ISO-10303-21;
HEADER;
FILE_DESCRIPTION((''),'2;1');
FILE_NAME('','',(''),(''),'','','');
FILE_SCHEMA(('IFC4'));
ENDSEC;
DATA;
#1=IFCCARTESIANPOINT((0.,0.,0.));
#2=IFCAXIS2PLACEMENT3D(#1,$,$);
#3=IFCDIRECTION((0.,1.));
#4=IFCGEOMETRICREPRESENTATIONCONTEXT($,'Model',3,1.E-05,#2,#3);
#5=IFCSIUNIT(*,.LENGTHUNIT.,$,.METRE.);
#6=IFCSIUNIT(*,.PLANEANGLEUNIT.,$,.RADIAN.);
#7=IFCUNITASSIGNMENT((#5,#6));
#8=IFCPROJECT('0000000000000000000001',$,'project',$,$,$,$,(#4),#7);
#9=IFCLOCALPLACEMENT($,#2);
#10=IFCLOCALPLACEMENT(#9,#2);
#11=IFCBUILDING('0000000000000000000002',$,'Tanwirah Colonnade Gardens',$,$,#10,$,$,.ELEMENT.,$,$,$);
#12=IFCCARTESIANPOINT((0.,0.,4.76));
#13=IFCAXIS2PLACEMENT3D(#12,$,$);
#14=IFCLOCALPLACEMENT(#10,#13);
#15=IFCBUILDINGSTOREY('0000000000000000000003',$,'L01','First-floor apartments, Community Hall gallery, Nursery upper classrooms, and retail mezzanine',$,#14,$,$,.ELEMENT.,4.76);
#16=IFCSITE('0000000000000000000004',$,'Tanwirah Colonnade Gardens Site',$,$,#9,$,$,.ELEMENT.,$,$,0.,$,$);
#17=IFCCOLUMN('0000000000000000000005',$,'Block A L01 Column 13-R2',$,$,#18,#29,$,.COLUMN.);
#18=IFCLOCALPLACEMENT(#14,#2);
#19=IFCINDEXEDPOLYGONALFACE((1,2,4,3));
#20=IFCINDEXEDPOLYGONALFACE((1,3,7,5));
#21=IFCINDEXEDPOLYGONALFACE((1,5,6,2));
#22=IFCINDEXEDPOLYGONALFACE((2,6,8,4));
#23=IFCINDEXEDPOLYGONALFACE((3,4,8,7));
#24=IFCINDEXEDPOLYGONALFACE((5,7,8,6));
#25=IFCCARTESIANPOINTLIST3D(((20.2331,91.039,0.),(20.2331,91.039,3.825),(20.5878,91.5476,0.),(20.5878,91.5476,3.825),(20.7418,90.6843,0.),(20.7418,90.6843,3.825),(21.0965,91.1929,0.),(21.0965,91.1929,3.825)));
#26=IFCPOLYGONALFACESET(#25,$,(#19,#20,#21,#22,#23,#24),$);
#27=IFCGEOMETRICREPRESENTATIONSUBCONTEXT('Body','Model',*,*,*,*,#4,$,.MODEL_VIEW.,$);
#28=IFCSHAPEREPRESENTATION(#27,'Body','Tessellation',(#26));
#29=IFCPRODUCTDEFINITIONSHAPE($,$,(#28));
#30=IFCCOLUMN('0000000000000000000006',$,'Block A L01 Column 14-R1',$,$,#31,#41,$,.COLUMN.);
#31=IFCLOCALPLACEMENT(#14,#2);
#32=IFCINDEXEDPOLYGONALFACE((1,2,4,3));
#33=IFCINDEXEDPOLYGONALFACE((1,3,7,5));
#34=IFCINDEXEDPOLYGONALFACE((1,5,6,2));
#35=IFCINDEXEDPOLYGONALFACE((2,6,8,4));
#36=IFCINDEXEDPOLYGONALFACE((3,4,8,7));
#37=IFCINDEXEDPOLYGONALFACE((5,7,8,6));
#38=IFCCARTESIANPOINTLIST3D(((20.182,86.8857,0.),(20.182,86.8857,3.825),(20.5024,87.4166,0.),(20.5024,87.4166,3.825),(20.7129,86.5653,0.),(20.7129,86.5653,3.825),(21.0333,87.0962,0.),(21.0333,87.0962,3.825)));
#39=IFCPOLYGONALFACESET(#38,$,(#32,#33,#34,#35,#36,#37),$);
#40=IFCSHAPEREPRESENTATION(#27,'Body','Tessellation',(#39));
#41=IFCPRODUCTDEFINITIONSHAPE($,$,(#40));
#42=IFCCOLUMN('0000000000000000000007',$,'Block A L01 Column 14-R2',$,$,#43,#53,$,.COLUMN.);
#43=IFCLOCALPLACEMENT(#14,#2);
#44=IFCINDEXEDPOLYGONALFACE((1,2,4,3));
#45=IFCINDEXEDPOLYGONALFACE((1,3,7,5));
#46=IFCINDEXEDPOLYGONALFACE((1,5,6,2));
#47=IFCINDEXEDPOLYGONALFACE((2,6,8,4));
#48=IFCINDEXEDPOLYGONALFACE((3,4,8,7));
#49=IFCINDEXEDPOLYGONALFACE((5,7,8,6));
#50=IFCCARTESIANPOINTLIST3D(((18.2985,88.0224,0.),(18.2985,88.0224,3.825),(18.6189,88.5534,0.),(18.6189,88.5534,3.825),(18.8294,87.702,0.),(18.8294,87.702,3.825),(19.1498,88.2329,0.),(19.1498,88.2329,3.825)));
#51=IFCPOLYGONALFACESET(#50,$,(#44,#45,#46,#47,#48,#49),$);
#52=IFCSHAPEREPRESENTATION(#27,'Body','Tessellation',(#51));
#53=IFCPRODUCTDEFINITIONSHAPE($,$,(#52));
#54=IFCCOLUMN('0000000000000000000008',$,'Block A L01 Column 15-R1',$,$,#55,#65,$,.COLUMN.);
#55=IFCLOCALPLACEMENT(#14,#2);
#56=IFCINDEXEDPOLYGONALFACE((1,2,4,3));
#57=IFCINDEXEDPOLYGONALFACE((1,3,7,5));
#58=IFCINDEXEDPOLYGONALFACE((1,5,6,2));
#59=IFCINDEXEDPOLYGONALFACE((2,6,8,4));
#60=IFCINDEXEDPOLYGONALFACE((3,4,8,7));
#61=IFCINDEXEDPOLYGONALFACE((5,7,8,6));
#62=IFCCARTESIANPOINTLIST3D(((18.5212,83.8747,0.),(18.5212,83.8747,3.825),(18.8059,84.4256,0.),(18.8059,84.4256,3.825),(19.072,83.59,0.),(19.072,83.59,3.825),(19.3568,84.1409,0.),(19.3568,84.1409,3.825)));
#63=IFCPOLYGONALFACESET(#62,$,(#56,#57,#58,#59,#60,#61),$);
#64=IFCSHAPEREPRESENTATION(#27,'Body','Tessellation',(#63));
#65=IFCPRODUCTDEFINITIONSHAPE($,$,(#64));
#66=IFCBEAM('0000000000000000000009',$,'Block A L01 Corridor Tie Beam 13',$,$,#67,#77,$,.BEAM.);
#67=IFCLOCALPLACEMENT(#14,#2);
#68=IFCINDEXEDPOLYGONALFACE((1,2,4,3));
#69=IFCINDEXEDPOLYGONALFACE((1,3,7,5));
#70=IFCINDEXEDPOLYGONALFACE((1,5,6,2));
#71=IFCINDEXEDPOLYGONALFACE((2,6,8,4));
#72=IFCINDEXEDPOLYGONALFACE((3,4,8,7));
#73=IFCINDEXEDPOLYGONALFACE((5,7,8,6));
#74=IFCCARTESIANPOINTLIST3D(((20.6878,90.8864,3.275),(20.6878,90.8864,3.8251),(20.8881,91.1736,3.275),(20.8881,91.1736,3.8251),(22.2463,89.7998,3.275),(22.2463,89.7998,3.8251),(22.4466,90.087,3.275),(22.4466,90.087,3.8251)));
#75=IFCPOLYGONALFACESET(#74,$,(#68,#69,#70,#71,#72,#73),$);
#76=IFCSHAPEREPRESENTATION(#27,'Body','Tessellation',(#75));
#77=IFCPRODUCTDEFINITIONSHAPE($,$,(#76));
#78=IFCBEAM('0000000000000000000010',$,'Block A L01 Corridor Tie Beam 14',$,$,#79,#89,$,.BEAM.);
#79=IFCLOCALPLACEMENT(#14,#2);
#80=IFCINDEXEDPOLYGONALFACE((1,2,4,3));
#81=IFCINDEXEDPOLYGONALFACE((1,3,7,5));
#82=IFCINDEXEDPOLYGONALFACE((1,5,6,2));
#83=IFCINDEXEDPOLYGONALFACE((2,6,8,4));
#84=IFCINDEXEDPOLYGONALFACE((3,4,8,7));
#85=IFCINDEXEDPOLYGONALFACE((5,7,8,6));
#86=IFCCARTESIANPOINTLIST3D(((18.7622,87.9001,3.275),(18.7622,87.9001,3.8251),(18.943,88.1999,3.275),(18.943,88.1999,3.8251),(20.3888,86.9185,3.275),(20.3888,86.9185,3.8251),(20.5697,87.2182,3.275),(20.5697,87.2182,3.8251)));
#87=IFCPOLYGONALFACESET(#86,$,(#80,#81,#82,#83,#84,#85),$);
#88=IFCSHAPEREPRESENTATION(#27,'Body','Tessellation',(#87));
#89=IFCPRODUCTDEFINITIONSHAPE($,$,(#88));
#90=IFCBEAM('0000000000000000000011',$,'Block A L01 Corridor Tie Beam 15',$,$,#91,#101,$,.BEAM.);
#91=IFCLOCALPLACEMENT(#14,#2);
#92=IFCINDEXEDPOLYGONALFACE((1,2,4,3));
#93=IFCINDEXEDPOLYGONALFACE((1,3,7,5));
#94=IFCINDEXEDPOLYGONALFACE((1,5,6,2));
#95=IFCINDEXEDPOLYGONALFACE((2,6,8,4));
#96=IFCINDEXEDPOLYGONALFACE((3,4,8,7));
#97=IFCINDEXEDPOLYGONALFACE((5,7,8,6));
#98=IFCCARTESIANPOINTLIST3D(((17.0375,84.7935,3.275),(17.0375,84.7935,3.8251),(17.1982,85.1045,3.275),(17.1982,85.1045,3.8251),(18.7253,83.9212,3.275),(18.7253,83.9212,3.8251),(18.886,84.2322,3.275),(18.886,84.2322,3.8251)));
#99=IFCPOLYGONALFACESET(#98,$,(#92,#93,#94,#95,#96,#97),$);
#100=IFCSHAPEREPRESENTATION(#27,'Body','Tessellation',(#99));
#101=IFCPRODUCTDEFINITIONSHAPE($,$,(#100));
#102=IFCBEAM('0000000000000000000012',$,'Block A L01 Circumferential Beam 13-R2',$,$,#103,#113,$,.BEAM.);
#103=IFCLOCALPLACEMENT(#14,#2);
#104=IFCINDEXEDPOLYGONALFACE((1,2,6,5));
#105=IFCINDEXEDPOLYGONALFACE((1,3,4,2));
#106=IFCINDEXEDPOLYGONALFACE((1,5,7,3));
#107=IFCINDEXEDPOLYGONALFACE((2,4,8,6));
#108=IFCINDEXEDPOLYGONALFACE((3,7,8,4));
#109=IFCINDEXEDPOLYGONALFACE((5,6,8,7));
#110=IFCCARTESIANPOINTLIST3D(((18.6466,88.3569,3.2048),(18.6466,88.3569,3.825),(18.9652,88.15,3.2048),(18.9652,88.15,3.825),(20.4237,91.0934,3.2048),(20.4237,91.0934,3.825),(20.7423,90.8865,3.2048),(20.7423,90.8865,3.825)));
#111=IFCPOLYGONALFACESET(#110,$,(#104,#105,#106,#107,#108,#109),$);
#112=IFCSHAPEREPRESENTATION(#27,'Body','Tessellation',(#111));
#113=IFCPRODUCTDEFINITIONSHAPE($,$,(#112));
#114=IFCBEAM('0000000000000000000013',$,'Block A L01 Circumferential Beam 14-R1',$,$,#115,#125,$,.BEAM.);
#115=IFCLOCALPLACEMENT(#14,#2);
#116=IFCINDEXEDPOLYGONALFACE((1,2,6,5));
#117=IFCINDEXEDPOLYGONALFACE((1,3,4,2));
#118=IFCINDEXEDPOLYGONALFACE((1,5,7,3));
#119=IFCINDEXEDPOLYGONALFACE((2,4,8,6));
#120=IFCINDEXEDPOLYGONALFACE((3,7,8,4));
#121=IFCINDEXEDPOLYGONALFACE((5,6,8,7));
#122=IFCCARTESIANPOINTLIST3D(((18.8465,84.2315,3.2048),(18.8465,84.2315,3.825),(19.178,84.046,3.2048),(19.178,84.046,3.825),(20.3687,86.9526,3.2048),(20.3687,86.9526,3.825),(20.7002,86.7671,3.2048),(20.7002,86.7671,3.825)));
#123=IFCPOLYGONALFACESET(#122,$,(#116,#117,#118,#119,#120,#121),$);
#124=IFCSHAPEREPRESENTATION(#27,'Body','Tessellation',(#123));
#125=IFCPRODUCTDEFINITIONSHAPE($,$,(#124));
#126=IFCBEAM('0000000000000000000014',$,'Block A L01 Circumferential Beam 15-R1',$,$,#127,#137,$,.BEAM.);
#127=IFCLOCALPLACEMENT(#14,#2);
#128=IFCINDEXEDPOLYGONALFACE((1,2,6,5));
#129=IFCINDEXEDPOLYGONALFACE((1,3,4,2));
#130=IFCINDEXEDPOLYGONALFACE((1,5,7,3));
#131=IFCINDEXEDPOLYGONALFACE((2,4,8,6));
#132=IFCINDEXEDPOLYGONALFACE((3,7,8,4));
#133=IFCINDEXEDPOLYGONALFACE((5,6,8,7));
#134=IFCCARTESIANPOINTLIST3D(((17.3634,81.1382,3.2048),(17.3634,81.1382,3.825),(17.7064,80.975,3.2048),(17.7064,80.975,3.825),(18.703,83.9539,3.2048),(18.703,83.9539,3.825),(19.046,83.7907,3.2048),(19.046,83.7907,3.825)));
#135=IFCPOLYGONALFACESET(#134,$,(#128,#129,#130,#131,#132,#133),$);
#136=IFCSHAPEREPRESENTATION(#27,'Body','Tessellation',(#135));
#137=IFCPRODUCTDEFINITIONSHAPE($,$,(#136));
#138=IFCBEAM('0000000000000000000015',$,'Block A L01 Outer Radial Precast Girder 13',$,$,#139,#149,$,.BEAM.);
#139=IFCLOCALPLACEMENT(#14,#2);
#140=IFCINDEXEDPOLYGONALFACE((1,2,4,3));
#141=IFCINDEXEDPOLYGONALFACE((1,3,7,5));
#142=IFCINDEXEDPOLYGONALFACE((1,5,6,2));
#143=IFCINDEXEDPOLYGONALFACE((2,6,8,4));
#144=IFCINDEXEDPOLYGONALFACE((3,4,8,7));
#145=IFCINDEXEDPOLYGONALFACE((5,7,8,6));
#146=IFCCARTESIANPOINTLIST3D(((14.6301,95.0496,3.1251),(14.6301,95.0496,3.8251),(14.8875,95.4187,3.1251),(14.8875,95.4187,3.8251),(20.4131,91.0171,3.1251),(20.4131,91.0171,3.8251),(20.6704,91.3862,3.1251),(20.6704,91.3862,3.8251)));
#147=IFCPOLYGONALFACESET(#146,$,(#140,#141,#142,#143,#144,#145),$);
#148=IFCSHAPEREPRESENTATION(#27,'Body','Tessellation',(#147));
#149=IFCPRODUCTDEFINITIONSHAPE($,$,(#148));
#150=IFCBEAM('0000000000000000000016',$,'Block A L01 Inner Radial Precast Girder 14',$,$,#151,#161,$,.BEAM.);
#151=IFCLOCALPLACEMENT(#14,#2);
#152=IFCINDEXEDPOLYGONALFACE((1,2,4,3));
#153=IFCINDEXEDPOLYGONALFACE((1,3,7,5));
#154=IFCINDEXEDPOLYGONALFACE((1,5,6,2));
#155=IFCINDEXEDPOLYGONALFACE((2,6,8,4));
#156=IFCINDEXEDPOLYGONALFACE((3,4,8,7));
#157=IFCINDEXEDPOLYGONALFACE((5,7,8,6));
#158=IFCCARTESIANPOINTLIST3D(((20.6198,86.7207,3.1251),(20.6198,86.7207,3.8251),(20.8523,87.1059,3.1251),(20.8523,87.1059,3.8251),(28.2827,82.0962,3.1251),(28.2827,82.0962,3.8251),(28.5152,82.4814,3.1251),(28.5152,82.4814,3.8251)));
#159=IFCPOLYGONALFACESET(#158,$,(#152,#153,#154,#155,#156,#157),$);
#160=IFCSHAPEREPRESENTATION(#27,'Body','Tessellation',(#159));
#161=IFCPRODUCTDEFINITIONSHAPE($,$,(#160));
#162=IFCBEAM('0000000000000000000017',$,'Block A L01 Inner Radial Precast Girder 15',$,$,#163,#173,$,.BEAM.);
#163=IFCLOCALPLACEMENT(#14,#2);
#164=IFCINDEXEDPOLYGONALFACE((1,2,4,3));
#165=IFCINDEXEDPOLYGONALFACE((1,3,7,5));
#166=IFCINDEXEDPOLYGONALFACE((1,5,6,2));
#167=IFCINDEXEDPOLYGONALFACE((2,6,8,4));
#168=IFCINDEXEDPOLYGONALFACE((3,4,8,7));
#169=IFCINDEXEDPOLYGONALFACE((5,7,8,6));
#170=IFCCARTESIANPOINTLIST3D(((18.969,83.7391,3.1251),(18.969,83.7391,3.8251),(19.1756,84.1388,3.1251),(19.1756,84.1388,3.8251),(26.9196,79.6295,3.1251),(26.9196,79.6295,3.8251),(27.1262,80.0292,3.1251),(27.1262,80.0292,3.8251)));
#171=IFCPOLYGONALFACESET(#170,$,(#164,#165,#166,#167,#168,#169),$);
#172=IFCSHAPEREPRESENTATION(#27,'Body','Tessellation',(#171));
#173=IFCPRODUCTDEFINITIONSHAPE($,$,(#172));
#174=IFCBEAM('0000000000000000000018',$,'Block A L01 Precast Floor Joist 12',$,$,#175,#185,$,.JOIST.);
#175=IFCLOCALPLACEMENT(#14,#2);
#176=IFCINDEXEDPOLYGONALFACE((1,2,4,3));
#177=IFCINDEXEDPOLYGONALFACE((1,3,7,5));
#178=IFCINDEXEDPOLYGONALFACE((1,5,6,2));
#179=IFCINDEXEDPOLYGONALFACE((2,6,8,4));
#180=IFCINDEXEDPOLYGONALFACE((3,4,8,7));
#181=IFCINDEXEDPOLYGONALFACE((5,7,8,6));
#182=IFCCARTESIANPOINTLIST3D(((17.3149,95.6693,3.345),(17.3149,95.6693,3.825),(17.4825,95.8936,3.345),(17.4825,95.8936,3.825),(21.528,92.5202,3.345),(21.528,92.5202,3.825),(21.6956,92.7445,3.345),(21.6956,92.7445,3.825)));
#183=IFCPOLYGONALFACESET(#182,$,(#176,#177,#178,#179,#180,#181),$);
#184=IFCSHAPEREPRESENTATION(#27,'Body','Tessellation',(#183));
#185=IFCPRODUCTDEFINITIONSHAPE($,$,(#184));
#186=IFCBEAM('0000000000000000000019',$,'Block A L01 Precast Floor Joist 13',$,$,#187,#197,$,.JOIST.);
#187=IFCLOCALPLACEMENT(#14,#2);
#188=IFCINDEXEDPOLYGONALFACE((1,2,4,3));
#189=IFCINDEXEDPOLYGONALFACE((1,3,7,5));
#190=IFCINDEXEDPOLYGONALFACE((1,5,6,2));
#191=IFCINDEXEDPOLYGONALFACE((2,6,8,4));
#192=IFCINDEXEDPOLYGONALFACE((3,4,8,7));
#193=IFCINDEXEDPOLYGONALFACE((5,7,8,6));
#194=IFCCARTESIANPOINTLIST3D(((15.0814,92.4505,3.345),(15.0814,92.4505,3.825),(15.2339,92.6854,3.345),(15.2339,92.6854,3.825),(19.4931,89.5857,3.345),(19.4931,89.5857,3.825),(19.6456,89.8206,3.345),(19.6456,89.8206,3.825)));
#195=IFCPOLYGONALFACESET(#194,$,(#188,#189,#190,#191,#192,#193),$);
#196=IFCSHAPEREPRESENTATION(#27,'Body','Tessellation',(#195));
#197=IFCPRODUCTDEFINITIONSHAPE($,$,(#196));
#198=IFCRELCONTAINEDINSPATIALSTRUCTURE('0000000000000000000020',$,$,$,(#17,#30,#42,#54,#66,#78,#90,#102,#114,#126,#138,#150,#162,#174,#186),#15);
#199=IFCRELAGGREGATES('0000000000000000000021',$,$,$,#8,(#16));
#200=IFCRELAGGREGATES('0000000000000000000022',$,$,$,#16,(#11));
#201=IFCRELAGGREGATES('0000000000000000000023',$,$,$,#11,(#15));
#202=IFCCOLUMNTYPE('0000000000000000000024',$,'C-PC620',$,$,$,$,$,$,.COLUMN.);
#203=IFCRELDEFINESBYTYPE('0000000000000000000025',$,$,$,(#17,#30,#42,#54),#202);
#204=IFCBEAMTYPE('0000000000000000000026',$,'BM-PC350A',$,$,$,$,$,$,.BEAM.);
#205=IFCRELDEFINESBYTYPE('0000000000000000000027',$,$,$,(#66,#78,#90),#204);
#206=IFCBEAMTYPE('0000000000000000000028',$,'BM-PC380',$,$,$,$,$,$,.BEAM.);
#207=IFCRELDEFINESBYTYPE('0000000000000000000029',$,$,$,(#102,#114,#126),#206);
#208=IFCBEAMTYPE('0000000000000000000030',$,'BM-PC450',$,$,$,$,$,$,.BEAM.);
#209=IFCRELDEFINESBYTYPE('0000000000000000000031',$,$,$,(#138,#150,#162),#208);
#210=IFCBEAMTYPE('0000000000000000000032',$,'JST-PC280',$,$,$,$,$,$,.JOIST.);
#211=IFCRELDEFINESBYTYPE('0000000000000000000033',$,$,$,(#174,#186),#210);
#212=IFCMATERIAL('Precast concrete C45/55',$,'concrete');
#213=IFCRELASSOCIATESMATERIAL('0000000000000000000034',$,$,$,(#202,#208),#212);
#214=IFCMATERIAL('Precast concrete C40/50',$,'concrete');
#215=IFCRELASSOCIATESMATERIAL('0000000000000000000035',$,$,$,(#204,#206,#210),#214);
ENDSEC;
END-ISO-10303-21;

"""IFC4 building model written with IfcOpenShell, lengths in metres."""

from ifc_helpers import new_model, si_unit, direction, frame, origin, origin_2d, place, context, subcontext, project, spatial, rectangle, extrude, material, material_profile, profile_set, type_object, element, save


model = new_model("IFC4")

# Units and contexts
model_context = context("Model", 3, precision=1e-05, world=origin(), true_north=direction((0.0, 1.0)))
body_context = subcontext(model_context, "Body", "Model", "MODEL_VIEW")
ifc_project = project(units=[si_unit("LENGTHUNIT", "METRE"), si_unit("PLANEANGLEUNIT", "RADIAN")], contexts=[model_context])

# Site, building, storey
site_placement = place(None, origin())
site = spatial("IfcSite", under=ifc_project, at=site_placement, Name="Tanwirah Colonnade Gardens Site", CompositionType="ELEMENT", RefElevation=0.0)
building_placement = place(site_placement, origin())
building = spatial("IfcBuilding", under=site, at=building_placement, Name="Tanwirah Colonnade Gardens", CompositionType="ELEMENT")
storey_placement = place(building_placement, frame((0.0, 0.0, 4.76)))
storey = spatial("IfcBuildingStorey", under=building, at=storey_placement, Name="L01", Description="First-floor apartments, Community Hall gallery, Nursery upper classrooms, and retail mezzanine", CompositionType="ELEMENT", Elevation=4.76)

# Columns
ifc_material_1 = material(Name="Precast concrete C45/55", Category="concrete")
ifc_material_profile_1 = material_profile(ifc_material_1, rectangle(XDim=0.6201, YDim=0.6201, at=origin_2d()), Name="PC-COL 620x620")
ifc_profile_set_1 = profile_set([ifc_material_profile_1], Name="Precast concrete C45/55")
column_type = type_object("IfcColumnType", Name="C-PC620", PredefinedType="COLUMN", material=ifc_profile_set_1)
for number, where, z_axis, x_axis, name in (
    (1, (20.6648, 91.116, 0.0), (0.0, 0.0, 1.0), (-0.820263, 0.571987, 0.0), "Block A L01 Column 13-R2"),
    (2, (20.6077, 86.991, 0.0), (0.0, 0.0, 1.0), (-0.856167, 0.516699, 0.0), "Block A L01 Column 14-R1"),
    (3, (18.7241, 88.1277, 0.0), (0.0, 0.0, 1.0), (-0.856167, 0.516699, 0.0), "Block A L01 Column 14-R2"),
    (4, (18.939, 84.0078, 0.0), (0.0, 0.0, 1.0), (-0.88835, 0.459166, 0.0), "Block A L01 Column 15-R1"),
):
    element("IfcColumn", number, at=place(storey_placement, frame(where, z_axis=z_axis, x_axis=x_axis)), inside=storey, type_object=column_type, Name=name, PredefinedType="COLUMN", context=body_context, shape_type="SweptSolid", body=[
        extrude(rectangle(XDim=0.6201, YDim=0.6201, at=origin_2d()), origin(), (0.0, 0.0, 1.0), 3.825),
    ])

# Beams
ifc_material_2 = material(Name="Precast concrete C40/50", Category="concrete")
ifc_material_profile_2 = material_profile(ifc_material_2, rectangle(XDim=0.3501, YDim=0.55, at=origin_2d()), Name="PC-BM 350x550")
ifc_profile_set_2 = profile_set([ifc_material_profile_2], Name="Precast concrete C40/50")
beam_type_1 = type_object("IfcBeamType", Name="BM-PC350A", PredefinedType="BEAM", material=ifc_profile_set_2)
for number, where, z_axis, x_axis, name in (
    (5, (22.3464, 89.9434, 3.55), (-0.820305, 0.571926, 0.0), (-0.571926, -0.820305, 0.0), "Block A L01 Corridor Tie Beam 13"),
    (6, (20.4792, 87.0684, 3.55), (-0.856175, 0.516686, 0.0), (-0.516686, -0.856175, 0.0), "Block A L01 Corridor Tie Beam 14"),
    (7, (18.8057, 84.0767, 3.55), (-0.888359, 0.45915, 0.0), (-0.45915, -0.888359, 0.0), "Block A L01 Corridor Tie Beam 15"),
):
    element("IfcBeam", number, at=place(storey_placement, frame(where, z_axis=z_axis, x_axis=x_axis)), inside=storey, type_object=beam_type_1, Name=name, PredefinedType="BEAM", context=body_context, shape_type="SweptSolid", body=[
        extrude(rectangle(XDim=0.3501, YDim=0.55, at=origin_2d()), origin(), (0.0, 0.0, 1.0), 1.8999),
    ])
ifc_material_profile_3 = material_profile(ifc_material_2, rectangle(XDim=0.3799, YDim=0.6201, at=origin_2d()), Name="PC-BM 380x620")
ifc_profile_set_3 = profile_set([ifc_material_profile_3], Name="Precast concrete C40/50")
beam_type_2 = type_object("IfcBeamType", Name="BM-PC380", PredefinedType="BEAM", material=ifc_profile_set_3)
beam_1_placement = place(storey_placement, frame((20.583, 90.99, 3.5149), z_axis=(-0.544628, -0.838678, 0.0), x_axis=(0.838678, -0.544628, 0.0)))
element("IfcBeam", 8, at=beam_1_placement, inside=storey, type_object=beam_type_2, Name="Block A L01 Circumferential Beam 13-R2", PredefinedType="BEAM", context=body_context, shape_type="SweptSolid", body=[
    extrude(rectangle(XDim=0.3799, YDim=0.6201, at=origin_2d()), origin(), (0.0, 0.0, 1.0), 3.2629),
])
beam_2_placement = place(storey_placement, frame((20.5344, 86.8599, 3.5149), z_axis=(-0.4882, -0.872732, 0.0), x_axis=(0.872732, -0.4882, 0.0)))
element("IfcBeam", 9, at=beam_2_placement, inside=storey, type_object=beam_type_2, Name="Block A L01 Circumferential Beam 14-R1", PredefinedType="BEAM", context=body_context, shape_type="SweptSolid", body=[
    extrude(rectangle(XDim=0.3799, YDim=0.6201, at=origin_2d()), origin(), (0.0, 0.0, 1.0), 3.1179),
])
beam_3_placement = place(storey_placement, frame((18.8745, 83.8723, 3.5149), z_axis=(-0.429621, -0.90301, 0.0), x_axis=(0.90301, -0.429621, 0.0)))
element("IfcBeam", 10, at=beam_3_placement, inside=storey, type_object=beam_type_2, Name="Block A L01 Circumferential Beam 15-R1", PredefinedType="BEAM", context=body_context, shape_type="SweptSolid", body=[
    extrude(rectangle(XDim=0.3799, YDim=0.6201, at=origin_2d()), origin(), (0.0, 0.0, 1.0), 3.1182),
])
ifc_material_profile_4 = material_profile(ifc_material_1, rectangle(XDim=0.45, YDim=0.7, at=origin_2d()), Name="PC-BM 450x700")
ifc_profile_set_4 = profile_set([ifc_material_profile_4], Name="Precast concrete C45/55")
beam_type_3 = type_object("IfcBeamType", Name="BM-PC450", PredefinedType="BEAM", material=ifc_profile_set_4)
beam_4_placement = place(storey_placement, frame((20.5417, 91.2017, 3.4751), z_axis=(-0.82027, 0.571976, 0.0), x_axis=(-0.571976, -0.82027, 0.0)))
element("IfcBeam", 11, at=beam_4_placement, inside=storey, type_object=beam_type_3, Name="Block A L01 Outer Radial Precast Girder 13", PredefinedType="BEAM", context=body_context, shape_type="SweptSolid", body=[
    extrude(rectangle(XDim=0.45, YDim=0.7, at=origin_2d()), origin(), (0.0, 0.0, 1.0), 7.05),
])
beam_5_placement = place(storey_placement, frame((20.7361, 86.9133, 3.4751), z_axis=(0.856169, -0.516696, 0.0), x_axis=(0.516696, 0.856169, 0.0)))
element("IfcBeam", 12, at=beam_5_placement, inside=storey, type_object=beam_type_3, Name="Block A L01 Inner Radial Precast Girder 14", PredefinedType="BEAM", context=body_context, shape_type="SweptSolid", body=[
    extrude(rectangle(XDim=0.45, YDim=0.7, at=origin_2d()), origin(), (0.0, 0.0, 1.0), 8.9502),
])
beam_6_placement = place(storey_placement, frame((19.0723, 83.939, 3.4751), z_axis=(0.888345, -0.459176, 0.0), x_axis=(0.459176, 0.888345, 0.0)))
element("IfcBeam", 13, at=beam_6_placement, inside=storey, type_object=beam_type_3, Name="Block A L01 Inner Radial Precast Girder 15", PredefinedType="BEAM", context=body_context, shape_type="SweptSolid", body=[
    extrude(rectangle(XDim=0.45, YDim=0.7, at=origin_2d()), origin(), (0.0, 0.0, 1.0), 8.95),
])
ifc_material_profile_5 = material_profile(ifc_material_2, rectangle(XDim=0.28, YDim=0.48, at=origin_2d()), Name="PC-JST 280x480")
ifc_profile_set_5 = profile_set([ifc_material_profile_5], Name="Precast concrete C40/50")
beam_type_4 = type_object("IfcBeamType", Name="JST-PC280", PredefinedType="JOIST", material=ifc_profile_set_5)
beam_7_placement = place(storey_placement, frame((21.6118, 92.6323, 3.585), z_axis=(-0.800974, 0.5987, 0.0), x_axis=(-0.5987, -0.800974, 0.0)))
element("IfcBeam", 14, at=beam_7_placement, inside=storey, type_object=beam_type_4, Name="Block A L01 Precast Floor Joist 12", PredefinedType="JOIST", context=body_context, shape_type="SweptSolid", body=[
    extrude(rectangle(XDim=0.28, YDim=0.48, at=origin_2d()), origin(), (0.0, 0.0, 1.0), 5.26),
])
beam_8_placement = place(storey_placement, frame((19.5693, 89.7031, 3.585), z_axis=(-0.838687, 0.544613, 0.0), x_axis=(-0.544613, -0.838687, 0.0)))
element("IfcBeam", 15, at=beam_8_placement, inside=storey, type_object=beam_type_4, Name="Block A L01 Precast Floor Joist 13", PredefinedType="JOIST", context=body_context, shape_type="SweptSolid", body=[
    extrude(rectangle(XDim=0.28, YDim=0.48, at=origin_2d()), origin(), (0.0, 0.0, 1.0), 5.2603),
])

save(model, "model.ifc")
